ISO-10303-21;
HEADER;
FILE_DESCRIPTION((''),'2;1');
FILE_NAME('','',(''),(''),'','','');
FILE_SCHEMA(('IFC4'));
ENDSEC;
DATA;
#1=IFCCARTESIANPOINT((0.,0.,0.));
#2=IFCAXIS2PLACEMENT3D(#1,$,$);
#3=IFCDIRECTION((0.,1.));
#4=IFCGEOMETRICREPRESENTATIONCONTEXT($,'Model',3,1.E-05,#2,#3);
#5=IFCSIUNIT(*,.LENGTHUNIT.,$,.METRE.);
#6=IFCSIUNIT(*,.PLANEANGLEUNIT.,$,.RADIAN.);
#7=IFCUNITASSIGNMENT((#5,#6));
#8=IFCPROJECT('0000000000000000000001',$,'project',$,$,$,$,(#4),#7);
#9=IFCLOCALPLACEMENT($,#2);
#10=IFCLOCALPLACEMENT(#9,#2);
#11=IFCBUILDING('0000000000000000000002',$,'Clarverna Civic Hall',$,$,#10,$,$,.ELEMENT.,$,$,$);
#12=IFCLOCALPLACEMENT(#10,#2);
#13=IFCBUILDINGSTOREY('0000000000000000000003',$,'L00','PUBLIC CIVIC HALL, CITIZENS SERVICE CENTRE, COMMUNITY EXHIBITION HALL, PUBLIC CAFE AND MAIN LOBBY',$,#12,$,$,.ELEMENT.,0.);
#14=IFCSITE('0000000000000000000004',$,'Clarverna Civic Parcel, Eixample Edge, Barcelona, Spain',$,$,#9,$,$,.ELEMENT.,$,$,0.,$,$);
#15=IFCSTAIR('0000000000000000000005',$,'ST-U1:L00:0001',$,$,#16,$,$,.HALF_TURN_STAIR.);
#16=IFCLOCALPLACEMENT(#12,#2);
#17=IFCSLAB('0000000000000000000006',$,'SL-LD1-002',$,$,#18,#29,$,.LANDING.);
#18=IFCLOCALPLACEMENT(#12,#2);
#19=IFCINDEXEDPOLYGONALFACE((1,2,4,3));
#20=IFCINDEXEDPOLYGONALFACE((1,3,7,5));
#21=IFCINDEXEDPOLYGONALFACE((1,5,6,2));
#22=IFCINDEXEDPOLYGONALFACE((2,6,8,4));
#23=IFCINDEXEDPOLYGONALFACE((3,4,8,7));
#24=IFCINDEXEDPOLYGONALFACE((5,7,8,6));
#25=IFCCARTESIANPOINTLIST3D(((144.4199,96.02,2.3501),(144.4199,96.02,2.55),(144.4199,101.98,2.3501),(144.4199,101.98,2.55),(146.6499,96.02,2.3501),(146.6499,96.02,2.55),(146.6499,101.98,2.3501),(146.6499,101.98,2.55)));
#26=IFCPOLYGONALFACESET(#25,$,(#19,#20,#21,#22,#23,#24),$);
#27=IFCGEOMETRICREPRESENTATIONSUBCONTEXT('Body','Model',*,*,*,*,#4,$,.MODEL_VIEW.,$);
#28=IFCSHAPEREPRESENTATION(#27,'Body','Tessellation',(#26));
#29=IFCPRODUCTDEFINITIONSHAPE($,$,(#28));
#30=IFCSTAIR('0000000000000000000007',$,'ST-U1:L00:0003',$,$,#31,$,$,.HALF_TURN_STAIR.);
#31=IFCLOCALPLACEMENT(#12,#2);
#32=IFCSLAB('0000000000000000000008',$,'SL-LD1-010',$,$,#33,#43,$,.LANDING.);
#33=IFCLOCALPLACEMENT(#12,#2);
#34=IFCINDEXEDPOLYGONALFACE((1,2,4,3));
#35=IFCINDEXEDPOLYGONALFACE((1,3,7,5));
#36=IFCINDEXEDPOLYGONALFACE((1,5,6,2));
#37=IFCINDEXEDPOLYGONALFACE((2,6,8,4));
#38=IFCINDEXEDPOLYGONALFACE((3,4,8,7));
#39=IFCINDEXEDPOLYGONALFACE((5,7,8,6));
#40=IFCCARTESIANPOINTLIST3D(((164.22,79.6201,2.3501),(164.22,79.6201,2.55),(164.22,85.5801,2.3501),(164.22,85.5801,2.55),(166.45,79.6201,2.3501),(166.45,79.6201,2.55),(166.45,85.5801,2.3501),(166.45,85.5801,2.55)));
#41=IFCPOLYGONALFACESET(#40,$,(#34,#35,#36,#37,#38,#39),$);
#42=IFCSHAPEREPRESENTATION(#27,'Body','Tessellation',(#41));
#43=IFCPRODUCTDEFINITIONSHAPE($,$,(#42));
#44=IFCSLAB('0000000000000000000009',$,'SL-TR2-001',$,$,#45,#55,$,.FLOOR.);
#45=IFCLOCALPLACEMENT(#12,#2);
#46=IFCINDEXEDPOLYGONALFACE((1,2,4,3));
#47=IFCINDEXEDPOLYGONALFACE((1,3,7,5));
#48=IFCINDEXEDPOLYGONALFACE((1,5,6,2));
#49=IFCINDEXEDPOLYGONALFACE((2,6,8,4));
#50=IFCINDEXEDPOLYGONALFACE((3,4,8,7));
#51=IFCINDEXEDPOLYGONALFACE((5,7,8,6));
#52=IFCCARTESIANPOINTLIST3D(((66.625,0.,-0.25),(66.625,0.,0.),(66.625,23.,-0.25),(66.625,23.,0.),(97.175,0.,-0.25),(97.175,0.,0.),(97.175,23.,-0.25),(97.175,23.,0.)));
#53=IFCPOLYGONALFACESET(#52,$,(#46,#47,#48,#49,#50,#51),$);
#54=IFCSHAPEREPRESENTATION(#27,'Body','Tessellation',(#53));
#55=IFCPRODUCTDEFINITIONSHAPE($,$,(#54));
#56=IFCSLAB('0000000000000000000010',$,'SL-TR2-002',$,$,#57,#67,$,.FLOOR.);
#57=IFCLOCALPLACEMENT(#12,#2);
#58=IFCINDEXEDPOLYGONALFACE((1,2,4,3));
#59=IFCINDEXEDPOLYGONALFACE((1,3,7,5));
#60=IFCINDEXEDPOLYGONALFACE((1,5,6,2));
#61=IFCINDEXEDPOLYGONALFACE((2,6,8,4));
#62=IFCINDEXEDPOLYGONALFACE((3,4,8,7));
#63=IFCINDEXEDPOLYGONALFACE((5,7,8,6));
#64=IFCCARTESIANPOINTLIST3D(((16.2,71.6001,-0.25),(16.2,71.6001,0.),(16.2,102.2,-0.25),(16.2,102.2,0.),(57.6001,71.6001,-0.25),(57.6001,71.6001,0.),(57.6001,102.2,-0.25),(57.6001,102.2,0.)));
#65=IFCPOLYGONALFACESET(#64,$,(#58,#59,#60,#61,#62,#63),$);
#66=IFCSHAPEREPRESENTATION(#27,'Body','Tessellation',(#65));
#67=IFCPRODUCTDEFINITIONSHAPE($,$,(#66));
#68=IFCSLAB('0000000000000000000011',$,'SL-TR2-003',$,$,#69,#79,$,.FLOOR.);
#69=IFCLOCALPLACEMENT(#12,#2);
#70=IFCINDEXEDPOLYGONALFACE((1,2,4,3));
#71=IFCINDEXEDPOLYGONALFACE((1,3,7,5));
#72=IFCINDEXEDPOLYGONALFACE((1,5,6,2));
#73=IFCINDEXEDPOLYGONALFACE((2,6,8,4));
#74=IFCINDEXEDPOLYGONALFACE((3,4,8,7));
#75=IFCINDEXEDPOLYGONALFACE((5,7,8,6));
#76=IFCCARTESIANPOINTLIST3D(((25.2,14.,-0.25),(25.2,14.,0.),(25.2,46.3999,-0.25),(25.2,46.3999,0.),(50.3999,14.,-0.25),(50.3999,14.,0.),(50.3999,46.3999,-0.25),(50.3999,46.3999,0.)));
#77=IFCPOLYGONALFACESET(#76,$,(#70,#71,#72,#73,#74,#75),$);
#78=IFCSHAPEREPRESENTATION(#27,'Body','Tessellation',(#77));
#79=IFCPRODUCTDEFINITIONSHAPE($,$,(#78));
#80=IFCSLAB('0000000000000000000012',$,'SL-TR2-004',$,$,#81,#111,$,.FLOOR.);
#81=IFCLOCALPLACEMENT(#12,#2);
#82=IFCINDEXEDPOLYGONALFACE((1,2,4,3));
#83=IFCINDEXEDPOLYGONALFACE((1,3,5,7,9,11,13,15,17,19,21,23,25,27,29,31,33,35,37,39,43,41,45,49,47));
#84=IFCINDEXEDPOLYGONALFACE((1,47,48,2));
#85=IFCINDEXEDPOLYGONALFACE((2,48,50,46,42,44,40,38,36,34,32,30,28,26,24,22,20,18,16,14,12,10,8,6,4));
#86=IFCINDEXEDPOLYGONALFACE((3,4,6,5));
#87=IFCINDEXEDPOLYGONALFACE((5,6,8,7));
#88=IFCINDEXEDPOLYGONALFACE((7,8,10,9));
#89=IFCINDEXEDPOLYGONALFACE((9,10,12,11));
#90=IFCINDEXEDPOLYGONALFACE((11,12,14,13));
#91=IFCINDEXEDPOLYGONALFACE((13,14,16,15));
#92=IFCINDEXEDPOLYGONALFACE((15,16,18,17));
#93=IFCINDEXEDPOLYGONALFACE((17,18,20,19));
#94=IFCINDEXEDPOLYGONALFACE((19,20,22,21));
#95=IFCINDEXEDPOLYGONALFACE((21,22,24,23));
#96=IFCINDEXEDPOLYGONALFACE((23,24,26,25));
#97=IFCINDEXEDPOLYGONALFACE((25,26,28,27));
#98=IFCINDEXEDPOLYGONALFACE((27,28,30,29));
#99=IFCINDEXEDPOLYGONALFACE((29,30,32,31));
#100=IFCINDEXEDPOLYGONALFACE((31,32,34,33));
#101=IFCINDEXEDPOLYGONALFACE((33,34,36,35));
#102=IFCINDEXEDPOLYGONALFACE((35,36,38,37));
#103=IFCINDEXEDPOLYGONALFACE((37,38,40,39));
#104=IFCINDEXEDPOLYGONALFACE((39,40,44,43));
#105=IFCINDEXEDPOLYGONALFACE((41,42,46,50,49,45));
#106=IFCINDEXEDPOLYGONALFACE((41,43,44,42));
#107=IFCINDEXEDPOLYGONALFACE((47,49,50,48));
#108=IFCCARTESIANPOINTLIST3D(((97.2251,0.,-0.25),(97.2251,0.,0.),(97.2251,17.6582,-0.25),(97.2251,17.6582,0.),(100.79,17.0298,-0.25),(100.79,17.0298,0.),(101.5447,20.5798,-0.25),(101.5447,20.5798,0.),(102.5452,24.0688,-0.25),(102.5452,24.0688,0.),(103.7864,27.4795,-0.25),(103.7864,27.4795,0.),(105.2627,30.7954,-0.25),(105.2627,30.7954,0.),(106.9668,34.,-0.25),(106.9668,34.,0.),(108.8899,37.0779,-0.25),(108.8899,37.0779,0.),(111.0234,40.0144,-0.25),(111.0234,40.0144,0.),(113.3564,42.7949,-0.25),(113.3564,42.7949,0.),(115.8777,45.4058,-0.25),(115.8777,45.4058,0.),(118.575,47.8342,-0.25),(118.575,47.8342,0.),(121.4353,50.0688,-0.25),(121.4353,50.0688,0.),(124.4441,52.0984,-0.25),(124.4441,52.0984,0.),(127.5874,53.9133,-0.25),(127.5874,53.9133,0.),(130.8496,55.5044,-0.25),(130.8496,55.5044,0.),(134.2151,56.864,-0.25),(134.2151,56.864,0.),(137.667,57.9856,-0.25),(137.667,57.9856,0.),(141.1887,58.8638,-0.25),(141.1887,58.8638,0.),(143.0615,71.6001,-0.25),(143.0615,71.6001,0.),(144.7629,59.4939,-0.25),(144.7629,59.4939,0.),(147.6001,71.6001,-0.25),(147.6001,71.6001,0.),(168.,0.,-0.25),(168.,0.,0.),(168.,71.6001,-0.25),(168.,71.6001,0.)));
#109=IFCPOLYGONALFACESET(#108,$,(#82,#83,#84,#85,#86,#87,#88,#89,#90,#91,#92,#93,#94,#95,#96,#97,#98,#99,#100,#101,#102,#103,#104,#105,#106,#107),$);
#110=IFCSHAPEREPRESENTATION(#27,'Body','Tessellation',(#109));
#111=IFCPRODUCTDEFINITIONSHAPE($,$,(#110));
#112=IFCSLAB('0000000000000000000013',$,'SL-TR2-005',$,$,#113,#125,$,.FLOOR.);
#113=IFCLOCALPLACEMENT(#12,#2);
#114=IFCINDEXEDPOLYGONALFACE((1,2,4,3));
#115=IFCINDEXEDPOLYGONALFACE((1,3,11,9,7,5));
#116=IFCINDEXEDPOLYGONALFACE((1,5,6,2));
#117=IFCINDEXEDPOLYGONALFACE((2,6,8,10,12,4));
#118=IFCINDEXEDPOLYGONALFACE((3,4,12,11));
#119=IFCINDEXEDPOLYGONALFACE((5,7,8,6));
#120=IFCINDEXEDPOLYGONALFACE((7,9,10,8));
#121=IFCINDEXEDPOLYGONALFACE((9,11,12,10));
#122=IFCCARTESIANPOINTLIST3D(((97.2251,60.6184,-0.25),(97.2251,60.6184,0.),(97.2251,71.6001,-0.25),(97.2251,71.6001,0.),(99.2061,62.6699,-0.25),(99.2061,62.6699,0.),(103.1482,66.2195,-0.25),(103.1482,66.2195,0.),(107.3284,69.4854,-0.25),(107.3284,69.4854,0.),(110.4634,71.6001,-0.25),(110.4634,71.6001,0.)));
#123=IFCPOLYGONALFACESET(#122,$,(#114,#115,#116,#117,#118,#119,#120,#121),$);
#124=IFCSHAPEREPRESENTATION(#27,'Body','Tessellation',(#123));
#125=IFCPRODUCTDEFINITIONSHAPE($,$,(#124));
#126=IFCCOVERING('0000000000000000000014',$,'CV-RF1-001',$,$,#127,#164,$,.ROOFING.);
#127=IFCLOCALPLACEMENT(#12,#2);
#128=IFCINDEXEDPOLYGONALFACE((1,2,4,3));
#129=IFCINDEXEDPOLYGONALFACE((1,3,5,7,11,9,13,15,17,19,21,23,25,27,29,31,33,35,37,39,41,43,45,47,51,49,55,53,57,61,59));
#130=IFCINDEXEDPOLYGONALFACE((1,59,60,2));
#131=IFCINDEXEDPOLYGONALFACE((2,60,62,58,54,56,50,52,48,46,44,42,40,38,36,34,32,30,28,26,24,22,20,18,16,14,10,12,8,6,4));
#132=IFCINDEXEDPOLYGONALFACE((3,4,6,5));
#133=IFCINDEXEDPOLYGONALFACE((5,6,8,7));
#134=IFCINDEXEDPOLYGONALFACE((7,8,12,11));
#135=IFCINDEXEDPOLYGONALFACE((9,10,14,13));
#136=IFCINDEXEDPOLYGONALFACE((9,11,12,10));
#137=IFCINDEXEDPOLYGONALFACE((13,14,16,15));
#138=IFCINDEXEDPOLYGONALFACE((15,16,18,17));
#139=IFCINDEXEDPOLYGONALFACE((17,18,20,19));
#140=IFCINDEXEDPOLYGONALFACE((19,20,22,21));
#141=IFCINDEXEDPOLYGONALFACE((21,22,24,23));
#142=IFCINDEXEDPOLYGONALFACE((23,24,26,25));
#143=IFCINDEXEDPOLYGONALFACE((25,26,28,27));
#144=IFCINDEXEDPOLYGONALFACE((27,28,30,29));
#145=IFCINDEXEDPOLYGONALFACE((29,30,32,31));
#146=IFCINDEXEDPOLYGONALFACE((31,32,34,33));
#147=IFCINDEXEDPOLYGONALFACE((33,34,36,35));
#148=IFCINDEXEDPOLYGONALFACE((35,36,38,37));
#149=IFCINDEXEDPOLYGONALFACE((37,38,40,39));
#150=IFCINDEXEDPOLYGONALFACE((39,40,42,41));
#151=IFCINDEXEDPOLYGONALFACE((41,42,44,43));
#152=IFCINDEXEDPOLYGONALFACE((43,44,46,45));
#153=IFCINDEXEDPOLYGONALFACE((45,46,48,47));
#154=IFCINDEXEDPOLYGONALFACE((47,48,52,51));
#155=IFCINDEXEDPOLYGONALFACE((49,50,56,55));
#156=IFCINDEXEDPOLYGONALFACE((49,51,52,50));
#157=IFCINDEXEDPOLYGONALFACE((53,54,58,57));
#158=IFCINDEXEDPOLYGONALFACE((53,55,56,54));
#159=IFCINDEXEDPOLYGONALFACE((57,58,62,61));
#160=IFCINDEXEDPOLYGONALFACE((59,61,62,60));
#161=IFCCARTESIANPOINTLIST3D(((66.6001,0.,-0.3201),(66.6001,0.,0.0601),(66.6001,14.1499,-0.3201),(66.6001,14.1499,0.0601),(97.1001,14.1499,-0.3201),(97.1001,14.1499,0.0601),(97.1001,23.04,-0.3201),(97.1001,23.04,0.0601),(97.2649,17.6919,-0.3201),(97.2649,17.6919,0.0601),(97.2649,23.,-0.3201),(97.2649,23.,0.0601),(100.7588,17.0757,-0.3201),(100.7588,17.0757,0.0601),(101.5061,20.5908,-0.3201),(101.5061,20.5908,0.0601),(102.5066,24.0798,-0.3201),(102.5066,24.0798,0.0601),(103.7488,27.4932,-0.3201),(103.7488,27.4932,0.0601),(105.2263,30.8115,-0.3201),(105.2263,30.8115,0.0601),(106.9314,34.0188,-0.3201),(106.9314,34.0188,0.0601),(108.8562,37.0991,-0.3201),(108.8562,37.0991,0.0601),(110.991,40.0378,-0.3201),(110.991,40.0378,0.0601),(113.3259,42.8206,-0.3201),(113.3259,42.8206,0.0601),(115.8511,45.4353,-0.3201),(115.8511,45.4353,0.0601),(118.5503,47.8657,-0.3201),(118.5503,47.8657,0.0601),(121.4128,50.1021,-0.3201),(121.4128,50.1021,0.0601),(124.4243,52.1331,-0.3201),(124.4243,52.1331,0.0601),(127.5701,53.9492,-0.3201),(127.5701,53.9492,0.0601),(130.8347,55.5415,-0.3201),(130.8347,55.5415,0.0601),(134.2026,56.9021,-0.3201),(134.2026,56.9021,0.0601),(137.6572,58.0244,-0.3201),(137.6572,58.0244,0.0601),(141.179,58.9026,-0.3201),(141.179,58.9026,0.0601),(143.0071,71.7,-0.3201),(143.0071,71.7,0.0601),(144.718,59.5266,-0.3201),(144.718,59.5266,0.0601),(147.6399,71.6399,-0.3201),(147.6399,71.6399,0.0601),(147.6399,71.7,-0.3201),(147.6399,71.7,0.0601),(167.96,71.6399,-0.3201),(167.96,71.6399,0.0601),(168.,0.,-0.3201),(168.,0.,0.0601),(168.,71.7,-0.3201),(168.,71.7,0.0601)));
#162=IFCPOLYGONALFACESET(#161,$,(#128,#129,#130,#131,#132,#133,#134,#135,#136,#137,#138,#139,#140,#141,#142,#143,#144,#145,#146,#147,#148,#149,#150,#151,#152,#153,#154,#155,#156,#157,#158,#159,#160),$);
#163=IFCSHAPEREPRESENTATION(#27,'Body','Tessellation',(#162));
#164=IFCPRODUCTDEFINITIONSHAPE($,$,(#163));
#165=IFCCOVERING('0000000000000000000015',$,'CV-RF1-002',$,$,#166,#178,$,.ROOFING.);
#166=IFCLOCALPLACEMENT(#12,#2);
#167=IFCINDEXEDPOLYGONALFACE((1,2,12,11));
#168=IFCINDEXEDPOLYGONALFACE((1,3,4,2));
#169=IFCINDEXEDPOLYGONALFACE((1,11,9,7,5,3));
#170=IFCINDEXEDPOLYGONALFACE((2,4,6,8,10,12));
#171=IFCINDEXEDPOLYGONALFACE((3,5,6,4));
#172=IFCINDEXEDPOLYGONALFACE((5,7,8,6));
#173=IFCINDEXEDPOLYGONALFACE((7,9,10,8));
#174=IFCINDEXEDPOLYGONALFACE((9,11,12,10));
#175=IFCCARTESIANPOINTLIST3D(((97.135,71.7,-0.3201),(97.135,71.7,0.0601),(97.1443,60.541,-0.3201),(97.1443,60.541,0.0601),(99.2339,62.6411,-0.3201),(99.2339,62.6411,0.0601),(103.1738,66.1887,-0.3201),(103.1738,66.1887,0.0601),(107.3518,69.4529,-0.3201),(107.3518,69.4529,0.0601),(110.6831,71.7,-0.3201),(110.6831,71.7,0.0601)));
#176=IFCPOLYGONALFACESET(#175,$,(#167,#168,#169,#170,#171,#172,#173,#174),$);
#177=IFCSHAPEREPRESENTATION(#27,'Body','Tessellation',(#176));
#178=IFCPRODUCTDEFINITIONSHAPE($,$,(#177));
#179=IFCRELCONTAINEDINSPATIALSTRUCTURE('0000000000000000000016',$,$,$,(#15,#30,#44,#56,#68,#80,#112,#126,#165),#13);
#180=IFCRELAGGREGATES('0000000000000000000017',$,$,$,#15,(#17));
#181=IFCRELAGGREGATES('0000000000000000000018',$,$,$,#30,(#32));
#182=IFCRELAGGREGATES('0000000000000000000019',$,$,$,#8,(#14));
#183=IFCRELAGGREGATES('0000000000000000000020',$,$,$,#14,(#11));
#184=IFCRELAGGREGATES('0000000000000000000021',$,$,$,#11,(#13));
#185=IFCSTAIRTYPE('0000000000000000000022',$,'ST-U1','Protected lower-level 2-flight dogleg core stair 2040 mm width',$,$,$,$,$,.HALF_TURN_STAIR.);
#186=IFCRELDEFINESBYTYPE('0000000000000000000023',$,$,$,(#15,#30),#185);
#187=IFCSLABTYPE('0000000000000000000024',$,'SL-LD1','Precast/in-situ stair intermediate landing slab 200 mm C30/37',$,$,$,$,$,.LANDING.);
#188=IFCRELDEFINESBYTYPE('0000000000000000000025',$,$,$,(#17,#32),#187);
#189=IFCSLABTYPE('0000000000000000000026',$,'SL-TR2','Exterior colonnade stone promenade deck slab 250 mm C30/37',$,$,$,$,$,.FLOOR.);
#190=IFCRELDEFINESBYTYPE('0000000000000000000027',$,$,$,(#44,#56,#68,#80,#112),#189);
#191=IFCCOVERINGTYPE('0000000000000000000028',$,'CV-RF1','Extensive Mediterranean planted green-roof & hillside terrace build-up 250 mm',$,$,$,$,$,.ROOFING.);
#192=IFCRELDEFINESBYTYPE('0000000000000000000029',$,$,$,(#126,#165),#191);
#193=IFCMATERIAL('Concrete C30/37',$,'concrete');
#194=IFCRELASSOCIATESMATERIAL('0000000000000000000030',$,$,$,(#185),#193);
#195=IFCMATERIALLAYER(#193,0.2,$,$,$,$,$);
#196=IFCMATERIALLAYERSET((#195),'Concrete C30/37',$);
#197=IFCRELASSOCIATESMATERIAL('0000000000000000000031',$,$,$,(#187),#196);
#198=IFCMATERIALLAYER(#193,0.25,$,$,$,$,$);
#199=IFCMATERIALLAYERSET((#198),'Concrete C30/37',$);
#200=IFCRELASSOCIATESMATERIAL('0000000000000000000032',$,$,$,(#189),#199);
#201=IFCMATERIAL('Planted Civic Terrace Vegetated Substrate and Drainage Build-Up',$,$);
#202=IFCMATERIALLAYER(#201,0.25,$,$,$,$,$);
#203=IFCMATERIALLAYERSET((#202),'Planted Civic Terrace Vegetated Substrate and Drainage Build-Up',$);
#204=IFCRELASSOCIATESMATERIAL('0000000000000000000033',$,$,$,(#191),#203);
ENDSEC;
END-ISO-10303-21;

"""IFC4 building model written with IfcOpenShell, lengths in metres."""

from ifc_helpers import new_model, si_unit, direction, frame, origin, place, context, subcontext, project, spatial, polyline, outline, extrude, material, layer, layer_set, type_object, element, aggregate, save


model = new_model("IFC4")

# Units and contexts
model_context = context("Model", 3, precision=1e-05, world=origin(), true_north=direction((0.0, 1.0)))
body_context = subcontext(model_context, "Body", "Model", "MODEL_VIEW")
ifc_project = project(units=[si_unit("LENGTHUNIT", "METRE"), si_unit("PLANEANGLEUNIT", "RADIAN")], contexts=[model_context])

# Site, building, storey
site_placement = place(None, origin())
site = spatial("IfcSite", under=ifc_project, at=site_placement, Name="Clarverna Civic Parcel, Eixample Edge, Barcelona, Spain", CompositionType="ELEMENT", RefElevation=0.0)
building_placement = place(site_placement, origin())
building = spatial("IfcBuilding", under=site, at=building_placement, Name="Clarverna Civic Hall", CompositionType="ELEMENT")
storey_placement = place(building_placement, origin())
storey = spatial("IfcBuildingStorey", under=building, at=storey_placement, Name="L00", Description="PUBLIC CIVIC HALL, CITIZENS SERVICE CENTRE, COMMUNITY EXHIBITION HALL, PUBLIC CAFE AND MAIN LOBBY", CompositionType="ELEMENT", Elevation=0.0)

# Shared definitions
ifc_material_1 = material(Name="Concrete C30/37", Category="concrete")

# Stairs, slabs
stair_type = type_object("IfcStairType", Name="ST-U1", Description="Protected lower-level 2-flight dogleg core stair 2040 mm width", PredefinedType="HALF_TURN_STAIR", material=ifc_material_1)
stair_1_placement = place(storey_placement, origin())
stair_1 = element("IfcStair", 1, at=stair_1_placement, inside=storey, type_object=stair_type, Name="ST-U1:L00:0001", PredefinedType="HALF_TURN_STAIR")
ifc_layer_1 = layer(ifc_material_1, 0.2)
ifc_layer_set_1 = layer_set([ifc_layer_1], Name="Concrete C30/37")
slab_type_1 = type_object("IfcSlabType", Name="SL-LD1", Description="Precast/in-situ stair intermediate landing slab 200 mm C30/37", PredefinedType="LANDING", material=ifc_layer_set_1)
slab_1_placement = place(storey_placement, frame((0.0, 0.0, 2.3501)))
slab_1 = element("IfcSlab", 2, at=slab_1_placement, type_object=slab_type_1, Name="SL-LD1-002", PredefinedType="LANDING", context=body_context, shape_type="SweptSolid", body=[
    extrude(outline(polyline([(144.4199, 96.02), (146.6499, 96.02), (146.6499, 101.98), (144.4199, 101.98), (144.4199, 96.02)])), origin(), (0.0, 0.0, 1.0), 0.2),
])
aggregate(stair_1, [slab_1])
stair_2_placement = place(storey_placement, origin())
stair_2 = element("IfcStair", 3, at=stair_2_placement, inside=storey, type_object=stair_type, Name="ST-U1:L00:0003", PredefinedType="HALF_TURN_STAIR")
slab_2_placement = place(storey_placement, frame((0.0, 0.0, 2.3501)))
slab_2 = element("IfcSlab", 4, at=slab_2_placement, type_object=slab_type_1, Name="SL-LD1-010", PredefinedType="LANDING", context=body_context, shape_type="SweptSolid", body=[
    extrude(outline(polyline([(164.22, 79.6201), (166.45, 79.6201), (166.45, 85.5801), (164.22, 85.5801), (164.22, 79.6201)])), origin(), (0.0, 0.0, 1.0), 0.2),
])
aggregate(stair_2, [slab_2])

# Slabs
ifc_layer_2 = layer(ifc_material_1, 0.25)
ifc_layer_set_2 = layer_set([ifc_layer_2], Name="Concrete C30/37")
slab_type_2 = type_object("IfcSlabType", Name="SL-TR2", Description="Exterior colonnade stone promenade deck slab 250 mm C30/37", PredefinedType="FLOOR", material=ifc_layer_set_2)
slab_3_placement = place(storey_placement, frame((0.0, 0.0, -0.25)))
element("IfcSlab", 5, at=slab_3_placement, inside=storey, type_object=slab_type_2, Name="SL-TR2-001", PredefinedType="FLOOR", context=body_context, shape_type="SweptSolid", body=[
    extrude(outline(polyline([(97.175, 23.0), (66.625, 23.0), (66.625, 0.0), (97.175, 0.0), (97.175, 23.0)])), origin(), (0.0, 0.0, 1.0), 0.25),
])
slab_4_placement = place(storey_placement, frame((0.0, 0.0, -0.25)))
element("IfcSlab", 6, at=slab_4_placement, inside=storey, type_object=slab_type_2, Name="SL-TR2-002", PredefinedType="FLOOR", context=body_context, shape_type="SweptSolid", body=[
    extrude(outline(polyline([(16.2, 71.6001), (57.6001, 71.6001), (57.6001, 102.2), (16.2, 102.2), (16.2, 71.6001)])), origin(), (0.0, 0.0, 1.0), 0.25),
])
slab_5_placement = place(storey_placement, frame((0.0, 0.0, -0.25)))
element("IfcSlab", 7, at=slab_5_placement, inside=storey, type_object=slab_type_2, Name="SL-TR2-003", PredefinedType="FLOOR", context=body_context, shape_type="SweptSolid", body=[
    extrude(outline(polyline([(25.2, 14.0), (50.3999, 14.0), (50.3999, 46.3999), (25.2, 46.3999), (25.2, 14.0)])), origin(), (0.0, 0.0, 1.0), 0.25),
])
slab_6_placement = place(storey_placement, frame((0.0, 0.0, -0.25)))
element("IfcSlab", 8, at=slab_6_placement, inside=storey, type_object=slab_type_2, Name="SL-TR2-004", PredefinedType="FLOOR", context=body_context, shape_type="SweptSolid", body=[
    extrude(outline(polyline([(168.0, 71.6001), (147.6001, 71.6001), (143.0615, 71.6001), (144.7629, 59.4939), (141.1887, 58.8638), (137.667, 57.9856), (134.2151, 56.864), (130.8496, 55.5044), (127.5874, 53.9133), (124.4441, 52.0984), (121.4353, 50.0688), (118.575, 47.8342), (115.8777, 45.4058), (113.3564, 42.7949), (111.0234, 40.0144), (108.8899, 37.0779), (106.9668, 34.0), (105.2627, 30.7954), (103.7864, 27.4795), (102.5452, 24.0688), (101.5447, 20.5798), (100.79, 17.0298), (97.2251, 17.6582), (97.2251, 0.0), (168.0, 0.0), (168.0, 71.6001)])), origin(), (0.0, 0.0, 1.0), 0.25),
])
slab_7_placement = place(storey_placement, frame((0.0, 0.0, -0.25)))
element("IfcSlab", 9, at=slab_7_placement, inside=storey, type_object=slab_type_2, Name="SL-TR2-005", PredefinedType="FLOOR", context=body_context, shape_type="SweptSolid", body=[
    extrude(outline(polyline([(97.2251, 60.6184), (99.2061, 62.6699), (103.1482, 66.2195), (107.3284, 69.4854), (110.4634, 71.6001), (97.2251, 71.6001), (97.2251, 60.6184)])), origin(), (0.0, 0.0, 1.0), 0.25),
])

# Coverings
ifc_material_2 = material(Name="Planted Civic Terrace Vegetated Substrate and Drainage Build-Up")
ifc_layer_3 = layer(ifc_material_2, 0.25)
ifc_layer_set_3 = layer_set([ifc_layer_3], Name="Planted Civic Terrace Vegetated Substrate and Drainage Build-Up")
covering_type = type_object("IfcCoveringType", Name="CV-RF1", Description="Extensive Mediterranean planted green-roof & hillside terrace build-up 250 mm", PredefinedType="ROOFING", material=ifc_layer_set_3)
covering_1_placement = place(storey_placement, frame((0.0, 0.0, -0.3201)))
element("IfcCovering", 10, at=covering_1_placement, inside=storey, type_object=covering_type, Name="CV-RF1-001", PredefinedType="ROOFING", context=body_context, shape_type="SweptSolid", body=[
    extrude(outline(polyline([(66.6001, 14.1499), (97.1001, 14.1499), (97.1001, 23.04), (97.2649, 23.0), (97.2649, 17.6919), (100.7588, 17.0757), (101.5061, 20.5908), (102.5066, 24.0798), (103.7488, 27.4932), (105.2263, 30.8115), (106.9314, 34.0188), (108.8562, 37.0991), (110.991, 40.0378), (113.3259, 42.8206), (115.8511, 45.4353), (118.5503, 47.8657), (121.4128, 50.1021), (124.4243, 52.1331), (127.5701, 53.9492), (130.8347, 55.5415), (134.2026, 56.9021), (137.6572, 58.0244), (141.179, 58.9026), (144.718, 59.5266), (143.0071, 71.7), (147.6399, 71.7), (147.6399, 71.6399), (167.96, 71.6399), (168.0, 71.7), (168.0, 0.0), (66.6001, 0.0), (66.6001, 14.1499)])), origin(), (0.0, 0.0, 1.0), 0.3801),
])
covering_2_placement = place(storey_placement, frame((0.0, 0.0, -0.3201)))
element("IfcCovering", 11, at=covering_2_placement, inside=storey, type_object=covering_type, Name="CV-RF1-002", PredefinedType="ROOFING", context=body_context, shape_type="SweptSolid", body=[
    extrude(outline(polyline([(110.6831, 71.7), (107.3518, 69.4529), (103.1738, 66.1887), (99.2339, 62.6411), (97.1443, 60.541), (97.135, 71.7), (110.6831, 71.7)])), origin(), (0.0, 0.0, 1.0), 0.3801),
])

save(model, "model.ifc")
